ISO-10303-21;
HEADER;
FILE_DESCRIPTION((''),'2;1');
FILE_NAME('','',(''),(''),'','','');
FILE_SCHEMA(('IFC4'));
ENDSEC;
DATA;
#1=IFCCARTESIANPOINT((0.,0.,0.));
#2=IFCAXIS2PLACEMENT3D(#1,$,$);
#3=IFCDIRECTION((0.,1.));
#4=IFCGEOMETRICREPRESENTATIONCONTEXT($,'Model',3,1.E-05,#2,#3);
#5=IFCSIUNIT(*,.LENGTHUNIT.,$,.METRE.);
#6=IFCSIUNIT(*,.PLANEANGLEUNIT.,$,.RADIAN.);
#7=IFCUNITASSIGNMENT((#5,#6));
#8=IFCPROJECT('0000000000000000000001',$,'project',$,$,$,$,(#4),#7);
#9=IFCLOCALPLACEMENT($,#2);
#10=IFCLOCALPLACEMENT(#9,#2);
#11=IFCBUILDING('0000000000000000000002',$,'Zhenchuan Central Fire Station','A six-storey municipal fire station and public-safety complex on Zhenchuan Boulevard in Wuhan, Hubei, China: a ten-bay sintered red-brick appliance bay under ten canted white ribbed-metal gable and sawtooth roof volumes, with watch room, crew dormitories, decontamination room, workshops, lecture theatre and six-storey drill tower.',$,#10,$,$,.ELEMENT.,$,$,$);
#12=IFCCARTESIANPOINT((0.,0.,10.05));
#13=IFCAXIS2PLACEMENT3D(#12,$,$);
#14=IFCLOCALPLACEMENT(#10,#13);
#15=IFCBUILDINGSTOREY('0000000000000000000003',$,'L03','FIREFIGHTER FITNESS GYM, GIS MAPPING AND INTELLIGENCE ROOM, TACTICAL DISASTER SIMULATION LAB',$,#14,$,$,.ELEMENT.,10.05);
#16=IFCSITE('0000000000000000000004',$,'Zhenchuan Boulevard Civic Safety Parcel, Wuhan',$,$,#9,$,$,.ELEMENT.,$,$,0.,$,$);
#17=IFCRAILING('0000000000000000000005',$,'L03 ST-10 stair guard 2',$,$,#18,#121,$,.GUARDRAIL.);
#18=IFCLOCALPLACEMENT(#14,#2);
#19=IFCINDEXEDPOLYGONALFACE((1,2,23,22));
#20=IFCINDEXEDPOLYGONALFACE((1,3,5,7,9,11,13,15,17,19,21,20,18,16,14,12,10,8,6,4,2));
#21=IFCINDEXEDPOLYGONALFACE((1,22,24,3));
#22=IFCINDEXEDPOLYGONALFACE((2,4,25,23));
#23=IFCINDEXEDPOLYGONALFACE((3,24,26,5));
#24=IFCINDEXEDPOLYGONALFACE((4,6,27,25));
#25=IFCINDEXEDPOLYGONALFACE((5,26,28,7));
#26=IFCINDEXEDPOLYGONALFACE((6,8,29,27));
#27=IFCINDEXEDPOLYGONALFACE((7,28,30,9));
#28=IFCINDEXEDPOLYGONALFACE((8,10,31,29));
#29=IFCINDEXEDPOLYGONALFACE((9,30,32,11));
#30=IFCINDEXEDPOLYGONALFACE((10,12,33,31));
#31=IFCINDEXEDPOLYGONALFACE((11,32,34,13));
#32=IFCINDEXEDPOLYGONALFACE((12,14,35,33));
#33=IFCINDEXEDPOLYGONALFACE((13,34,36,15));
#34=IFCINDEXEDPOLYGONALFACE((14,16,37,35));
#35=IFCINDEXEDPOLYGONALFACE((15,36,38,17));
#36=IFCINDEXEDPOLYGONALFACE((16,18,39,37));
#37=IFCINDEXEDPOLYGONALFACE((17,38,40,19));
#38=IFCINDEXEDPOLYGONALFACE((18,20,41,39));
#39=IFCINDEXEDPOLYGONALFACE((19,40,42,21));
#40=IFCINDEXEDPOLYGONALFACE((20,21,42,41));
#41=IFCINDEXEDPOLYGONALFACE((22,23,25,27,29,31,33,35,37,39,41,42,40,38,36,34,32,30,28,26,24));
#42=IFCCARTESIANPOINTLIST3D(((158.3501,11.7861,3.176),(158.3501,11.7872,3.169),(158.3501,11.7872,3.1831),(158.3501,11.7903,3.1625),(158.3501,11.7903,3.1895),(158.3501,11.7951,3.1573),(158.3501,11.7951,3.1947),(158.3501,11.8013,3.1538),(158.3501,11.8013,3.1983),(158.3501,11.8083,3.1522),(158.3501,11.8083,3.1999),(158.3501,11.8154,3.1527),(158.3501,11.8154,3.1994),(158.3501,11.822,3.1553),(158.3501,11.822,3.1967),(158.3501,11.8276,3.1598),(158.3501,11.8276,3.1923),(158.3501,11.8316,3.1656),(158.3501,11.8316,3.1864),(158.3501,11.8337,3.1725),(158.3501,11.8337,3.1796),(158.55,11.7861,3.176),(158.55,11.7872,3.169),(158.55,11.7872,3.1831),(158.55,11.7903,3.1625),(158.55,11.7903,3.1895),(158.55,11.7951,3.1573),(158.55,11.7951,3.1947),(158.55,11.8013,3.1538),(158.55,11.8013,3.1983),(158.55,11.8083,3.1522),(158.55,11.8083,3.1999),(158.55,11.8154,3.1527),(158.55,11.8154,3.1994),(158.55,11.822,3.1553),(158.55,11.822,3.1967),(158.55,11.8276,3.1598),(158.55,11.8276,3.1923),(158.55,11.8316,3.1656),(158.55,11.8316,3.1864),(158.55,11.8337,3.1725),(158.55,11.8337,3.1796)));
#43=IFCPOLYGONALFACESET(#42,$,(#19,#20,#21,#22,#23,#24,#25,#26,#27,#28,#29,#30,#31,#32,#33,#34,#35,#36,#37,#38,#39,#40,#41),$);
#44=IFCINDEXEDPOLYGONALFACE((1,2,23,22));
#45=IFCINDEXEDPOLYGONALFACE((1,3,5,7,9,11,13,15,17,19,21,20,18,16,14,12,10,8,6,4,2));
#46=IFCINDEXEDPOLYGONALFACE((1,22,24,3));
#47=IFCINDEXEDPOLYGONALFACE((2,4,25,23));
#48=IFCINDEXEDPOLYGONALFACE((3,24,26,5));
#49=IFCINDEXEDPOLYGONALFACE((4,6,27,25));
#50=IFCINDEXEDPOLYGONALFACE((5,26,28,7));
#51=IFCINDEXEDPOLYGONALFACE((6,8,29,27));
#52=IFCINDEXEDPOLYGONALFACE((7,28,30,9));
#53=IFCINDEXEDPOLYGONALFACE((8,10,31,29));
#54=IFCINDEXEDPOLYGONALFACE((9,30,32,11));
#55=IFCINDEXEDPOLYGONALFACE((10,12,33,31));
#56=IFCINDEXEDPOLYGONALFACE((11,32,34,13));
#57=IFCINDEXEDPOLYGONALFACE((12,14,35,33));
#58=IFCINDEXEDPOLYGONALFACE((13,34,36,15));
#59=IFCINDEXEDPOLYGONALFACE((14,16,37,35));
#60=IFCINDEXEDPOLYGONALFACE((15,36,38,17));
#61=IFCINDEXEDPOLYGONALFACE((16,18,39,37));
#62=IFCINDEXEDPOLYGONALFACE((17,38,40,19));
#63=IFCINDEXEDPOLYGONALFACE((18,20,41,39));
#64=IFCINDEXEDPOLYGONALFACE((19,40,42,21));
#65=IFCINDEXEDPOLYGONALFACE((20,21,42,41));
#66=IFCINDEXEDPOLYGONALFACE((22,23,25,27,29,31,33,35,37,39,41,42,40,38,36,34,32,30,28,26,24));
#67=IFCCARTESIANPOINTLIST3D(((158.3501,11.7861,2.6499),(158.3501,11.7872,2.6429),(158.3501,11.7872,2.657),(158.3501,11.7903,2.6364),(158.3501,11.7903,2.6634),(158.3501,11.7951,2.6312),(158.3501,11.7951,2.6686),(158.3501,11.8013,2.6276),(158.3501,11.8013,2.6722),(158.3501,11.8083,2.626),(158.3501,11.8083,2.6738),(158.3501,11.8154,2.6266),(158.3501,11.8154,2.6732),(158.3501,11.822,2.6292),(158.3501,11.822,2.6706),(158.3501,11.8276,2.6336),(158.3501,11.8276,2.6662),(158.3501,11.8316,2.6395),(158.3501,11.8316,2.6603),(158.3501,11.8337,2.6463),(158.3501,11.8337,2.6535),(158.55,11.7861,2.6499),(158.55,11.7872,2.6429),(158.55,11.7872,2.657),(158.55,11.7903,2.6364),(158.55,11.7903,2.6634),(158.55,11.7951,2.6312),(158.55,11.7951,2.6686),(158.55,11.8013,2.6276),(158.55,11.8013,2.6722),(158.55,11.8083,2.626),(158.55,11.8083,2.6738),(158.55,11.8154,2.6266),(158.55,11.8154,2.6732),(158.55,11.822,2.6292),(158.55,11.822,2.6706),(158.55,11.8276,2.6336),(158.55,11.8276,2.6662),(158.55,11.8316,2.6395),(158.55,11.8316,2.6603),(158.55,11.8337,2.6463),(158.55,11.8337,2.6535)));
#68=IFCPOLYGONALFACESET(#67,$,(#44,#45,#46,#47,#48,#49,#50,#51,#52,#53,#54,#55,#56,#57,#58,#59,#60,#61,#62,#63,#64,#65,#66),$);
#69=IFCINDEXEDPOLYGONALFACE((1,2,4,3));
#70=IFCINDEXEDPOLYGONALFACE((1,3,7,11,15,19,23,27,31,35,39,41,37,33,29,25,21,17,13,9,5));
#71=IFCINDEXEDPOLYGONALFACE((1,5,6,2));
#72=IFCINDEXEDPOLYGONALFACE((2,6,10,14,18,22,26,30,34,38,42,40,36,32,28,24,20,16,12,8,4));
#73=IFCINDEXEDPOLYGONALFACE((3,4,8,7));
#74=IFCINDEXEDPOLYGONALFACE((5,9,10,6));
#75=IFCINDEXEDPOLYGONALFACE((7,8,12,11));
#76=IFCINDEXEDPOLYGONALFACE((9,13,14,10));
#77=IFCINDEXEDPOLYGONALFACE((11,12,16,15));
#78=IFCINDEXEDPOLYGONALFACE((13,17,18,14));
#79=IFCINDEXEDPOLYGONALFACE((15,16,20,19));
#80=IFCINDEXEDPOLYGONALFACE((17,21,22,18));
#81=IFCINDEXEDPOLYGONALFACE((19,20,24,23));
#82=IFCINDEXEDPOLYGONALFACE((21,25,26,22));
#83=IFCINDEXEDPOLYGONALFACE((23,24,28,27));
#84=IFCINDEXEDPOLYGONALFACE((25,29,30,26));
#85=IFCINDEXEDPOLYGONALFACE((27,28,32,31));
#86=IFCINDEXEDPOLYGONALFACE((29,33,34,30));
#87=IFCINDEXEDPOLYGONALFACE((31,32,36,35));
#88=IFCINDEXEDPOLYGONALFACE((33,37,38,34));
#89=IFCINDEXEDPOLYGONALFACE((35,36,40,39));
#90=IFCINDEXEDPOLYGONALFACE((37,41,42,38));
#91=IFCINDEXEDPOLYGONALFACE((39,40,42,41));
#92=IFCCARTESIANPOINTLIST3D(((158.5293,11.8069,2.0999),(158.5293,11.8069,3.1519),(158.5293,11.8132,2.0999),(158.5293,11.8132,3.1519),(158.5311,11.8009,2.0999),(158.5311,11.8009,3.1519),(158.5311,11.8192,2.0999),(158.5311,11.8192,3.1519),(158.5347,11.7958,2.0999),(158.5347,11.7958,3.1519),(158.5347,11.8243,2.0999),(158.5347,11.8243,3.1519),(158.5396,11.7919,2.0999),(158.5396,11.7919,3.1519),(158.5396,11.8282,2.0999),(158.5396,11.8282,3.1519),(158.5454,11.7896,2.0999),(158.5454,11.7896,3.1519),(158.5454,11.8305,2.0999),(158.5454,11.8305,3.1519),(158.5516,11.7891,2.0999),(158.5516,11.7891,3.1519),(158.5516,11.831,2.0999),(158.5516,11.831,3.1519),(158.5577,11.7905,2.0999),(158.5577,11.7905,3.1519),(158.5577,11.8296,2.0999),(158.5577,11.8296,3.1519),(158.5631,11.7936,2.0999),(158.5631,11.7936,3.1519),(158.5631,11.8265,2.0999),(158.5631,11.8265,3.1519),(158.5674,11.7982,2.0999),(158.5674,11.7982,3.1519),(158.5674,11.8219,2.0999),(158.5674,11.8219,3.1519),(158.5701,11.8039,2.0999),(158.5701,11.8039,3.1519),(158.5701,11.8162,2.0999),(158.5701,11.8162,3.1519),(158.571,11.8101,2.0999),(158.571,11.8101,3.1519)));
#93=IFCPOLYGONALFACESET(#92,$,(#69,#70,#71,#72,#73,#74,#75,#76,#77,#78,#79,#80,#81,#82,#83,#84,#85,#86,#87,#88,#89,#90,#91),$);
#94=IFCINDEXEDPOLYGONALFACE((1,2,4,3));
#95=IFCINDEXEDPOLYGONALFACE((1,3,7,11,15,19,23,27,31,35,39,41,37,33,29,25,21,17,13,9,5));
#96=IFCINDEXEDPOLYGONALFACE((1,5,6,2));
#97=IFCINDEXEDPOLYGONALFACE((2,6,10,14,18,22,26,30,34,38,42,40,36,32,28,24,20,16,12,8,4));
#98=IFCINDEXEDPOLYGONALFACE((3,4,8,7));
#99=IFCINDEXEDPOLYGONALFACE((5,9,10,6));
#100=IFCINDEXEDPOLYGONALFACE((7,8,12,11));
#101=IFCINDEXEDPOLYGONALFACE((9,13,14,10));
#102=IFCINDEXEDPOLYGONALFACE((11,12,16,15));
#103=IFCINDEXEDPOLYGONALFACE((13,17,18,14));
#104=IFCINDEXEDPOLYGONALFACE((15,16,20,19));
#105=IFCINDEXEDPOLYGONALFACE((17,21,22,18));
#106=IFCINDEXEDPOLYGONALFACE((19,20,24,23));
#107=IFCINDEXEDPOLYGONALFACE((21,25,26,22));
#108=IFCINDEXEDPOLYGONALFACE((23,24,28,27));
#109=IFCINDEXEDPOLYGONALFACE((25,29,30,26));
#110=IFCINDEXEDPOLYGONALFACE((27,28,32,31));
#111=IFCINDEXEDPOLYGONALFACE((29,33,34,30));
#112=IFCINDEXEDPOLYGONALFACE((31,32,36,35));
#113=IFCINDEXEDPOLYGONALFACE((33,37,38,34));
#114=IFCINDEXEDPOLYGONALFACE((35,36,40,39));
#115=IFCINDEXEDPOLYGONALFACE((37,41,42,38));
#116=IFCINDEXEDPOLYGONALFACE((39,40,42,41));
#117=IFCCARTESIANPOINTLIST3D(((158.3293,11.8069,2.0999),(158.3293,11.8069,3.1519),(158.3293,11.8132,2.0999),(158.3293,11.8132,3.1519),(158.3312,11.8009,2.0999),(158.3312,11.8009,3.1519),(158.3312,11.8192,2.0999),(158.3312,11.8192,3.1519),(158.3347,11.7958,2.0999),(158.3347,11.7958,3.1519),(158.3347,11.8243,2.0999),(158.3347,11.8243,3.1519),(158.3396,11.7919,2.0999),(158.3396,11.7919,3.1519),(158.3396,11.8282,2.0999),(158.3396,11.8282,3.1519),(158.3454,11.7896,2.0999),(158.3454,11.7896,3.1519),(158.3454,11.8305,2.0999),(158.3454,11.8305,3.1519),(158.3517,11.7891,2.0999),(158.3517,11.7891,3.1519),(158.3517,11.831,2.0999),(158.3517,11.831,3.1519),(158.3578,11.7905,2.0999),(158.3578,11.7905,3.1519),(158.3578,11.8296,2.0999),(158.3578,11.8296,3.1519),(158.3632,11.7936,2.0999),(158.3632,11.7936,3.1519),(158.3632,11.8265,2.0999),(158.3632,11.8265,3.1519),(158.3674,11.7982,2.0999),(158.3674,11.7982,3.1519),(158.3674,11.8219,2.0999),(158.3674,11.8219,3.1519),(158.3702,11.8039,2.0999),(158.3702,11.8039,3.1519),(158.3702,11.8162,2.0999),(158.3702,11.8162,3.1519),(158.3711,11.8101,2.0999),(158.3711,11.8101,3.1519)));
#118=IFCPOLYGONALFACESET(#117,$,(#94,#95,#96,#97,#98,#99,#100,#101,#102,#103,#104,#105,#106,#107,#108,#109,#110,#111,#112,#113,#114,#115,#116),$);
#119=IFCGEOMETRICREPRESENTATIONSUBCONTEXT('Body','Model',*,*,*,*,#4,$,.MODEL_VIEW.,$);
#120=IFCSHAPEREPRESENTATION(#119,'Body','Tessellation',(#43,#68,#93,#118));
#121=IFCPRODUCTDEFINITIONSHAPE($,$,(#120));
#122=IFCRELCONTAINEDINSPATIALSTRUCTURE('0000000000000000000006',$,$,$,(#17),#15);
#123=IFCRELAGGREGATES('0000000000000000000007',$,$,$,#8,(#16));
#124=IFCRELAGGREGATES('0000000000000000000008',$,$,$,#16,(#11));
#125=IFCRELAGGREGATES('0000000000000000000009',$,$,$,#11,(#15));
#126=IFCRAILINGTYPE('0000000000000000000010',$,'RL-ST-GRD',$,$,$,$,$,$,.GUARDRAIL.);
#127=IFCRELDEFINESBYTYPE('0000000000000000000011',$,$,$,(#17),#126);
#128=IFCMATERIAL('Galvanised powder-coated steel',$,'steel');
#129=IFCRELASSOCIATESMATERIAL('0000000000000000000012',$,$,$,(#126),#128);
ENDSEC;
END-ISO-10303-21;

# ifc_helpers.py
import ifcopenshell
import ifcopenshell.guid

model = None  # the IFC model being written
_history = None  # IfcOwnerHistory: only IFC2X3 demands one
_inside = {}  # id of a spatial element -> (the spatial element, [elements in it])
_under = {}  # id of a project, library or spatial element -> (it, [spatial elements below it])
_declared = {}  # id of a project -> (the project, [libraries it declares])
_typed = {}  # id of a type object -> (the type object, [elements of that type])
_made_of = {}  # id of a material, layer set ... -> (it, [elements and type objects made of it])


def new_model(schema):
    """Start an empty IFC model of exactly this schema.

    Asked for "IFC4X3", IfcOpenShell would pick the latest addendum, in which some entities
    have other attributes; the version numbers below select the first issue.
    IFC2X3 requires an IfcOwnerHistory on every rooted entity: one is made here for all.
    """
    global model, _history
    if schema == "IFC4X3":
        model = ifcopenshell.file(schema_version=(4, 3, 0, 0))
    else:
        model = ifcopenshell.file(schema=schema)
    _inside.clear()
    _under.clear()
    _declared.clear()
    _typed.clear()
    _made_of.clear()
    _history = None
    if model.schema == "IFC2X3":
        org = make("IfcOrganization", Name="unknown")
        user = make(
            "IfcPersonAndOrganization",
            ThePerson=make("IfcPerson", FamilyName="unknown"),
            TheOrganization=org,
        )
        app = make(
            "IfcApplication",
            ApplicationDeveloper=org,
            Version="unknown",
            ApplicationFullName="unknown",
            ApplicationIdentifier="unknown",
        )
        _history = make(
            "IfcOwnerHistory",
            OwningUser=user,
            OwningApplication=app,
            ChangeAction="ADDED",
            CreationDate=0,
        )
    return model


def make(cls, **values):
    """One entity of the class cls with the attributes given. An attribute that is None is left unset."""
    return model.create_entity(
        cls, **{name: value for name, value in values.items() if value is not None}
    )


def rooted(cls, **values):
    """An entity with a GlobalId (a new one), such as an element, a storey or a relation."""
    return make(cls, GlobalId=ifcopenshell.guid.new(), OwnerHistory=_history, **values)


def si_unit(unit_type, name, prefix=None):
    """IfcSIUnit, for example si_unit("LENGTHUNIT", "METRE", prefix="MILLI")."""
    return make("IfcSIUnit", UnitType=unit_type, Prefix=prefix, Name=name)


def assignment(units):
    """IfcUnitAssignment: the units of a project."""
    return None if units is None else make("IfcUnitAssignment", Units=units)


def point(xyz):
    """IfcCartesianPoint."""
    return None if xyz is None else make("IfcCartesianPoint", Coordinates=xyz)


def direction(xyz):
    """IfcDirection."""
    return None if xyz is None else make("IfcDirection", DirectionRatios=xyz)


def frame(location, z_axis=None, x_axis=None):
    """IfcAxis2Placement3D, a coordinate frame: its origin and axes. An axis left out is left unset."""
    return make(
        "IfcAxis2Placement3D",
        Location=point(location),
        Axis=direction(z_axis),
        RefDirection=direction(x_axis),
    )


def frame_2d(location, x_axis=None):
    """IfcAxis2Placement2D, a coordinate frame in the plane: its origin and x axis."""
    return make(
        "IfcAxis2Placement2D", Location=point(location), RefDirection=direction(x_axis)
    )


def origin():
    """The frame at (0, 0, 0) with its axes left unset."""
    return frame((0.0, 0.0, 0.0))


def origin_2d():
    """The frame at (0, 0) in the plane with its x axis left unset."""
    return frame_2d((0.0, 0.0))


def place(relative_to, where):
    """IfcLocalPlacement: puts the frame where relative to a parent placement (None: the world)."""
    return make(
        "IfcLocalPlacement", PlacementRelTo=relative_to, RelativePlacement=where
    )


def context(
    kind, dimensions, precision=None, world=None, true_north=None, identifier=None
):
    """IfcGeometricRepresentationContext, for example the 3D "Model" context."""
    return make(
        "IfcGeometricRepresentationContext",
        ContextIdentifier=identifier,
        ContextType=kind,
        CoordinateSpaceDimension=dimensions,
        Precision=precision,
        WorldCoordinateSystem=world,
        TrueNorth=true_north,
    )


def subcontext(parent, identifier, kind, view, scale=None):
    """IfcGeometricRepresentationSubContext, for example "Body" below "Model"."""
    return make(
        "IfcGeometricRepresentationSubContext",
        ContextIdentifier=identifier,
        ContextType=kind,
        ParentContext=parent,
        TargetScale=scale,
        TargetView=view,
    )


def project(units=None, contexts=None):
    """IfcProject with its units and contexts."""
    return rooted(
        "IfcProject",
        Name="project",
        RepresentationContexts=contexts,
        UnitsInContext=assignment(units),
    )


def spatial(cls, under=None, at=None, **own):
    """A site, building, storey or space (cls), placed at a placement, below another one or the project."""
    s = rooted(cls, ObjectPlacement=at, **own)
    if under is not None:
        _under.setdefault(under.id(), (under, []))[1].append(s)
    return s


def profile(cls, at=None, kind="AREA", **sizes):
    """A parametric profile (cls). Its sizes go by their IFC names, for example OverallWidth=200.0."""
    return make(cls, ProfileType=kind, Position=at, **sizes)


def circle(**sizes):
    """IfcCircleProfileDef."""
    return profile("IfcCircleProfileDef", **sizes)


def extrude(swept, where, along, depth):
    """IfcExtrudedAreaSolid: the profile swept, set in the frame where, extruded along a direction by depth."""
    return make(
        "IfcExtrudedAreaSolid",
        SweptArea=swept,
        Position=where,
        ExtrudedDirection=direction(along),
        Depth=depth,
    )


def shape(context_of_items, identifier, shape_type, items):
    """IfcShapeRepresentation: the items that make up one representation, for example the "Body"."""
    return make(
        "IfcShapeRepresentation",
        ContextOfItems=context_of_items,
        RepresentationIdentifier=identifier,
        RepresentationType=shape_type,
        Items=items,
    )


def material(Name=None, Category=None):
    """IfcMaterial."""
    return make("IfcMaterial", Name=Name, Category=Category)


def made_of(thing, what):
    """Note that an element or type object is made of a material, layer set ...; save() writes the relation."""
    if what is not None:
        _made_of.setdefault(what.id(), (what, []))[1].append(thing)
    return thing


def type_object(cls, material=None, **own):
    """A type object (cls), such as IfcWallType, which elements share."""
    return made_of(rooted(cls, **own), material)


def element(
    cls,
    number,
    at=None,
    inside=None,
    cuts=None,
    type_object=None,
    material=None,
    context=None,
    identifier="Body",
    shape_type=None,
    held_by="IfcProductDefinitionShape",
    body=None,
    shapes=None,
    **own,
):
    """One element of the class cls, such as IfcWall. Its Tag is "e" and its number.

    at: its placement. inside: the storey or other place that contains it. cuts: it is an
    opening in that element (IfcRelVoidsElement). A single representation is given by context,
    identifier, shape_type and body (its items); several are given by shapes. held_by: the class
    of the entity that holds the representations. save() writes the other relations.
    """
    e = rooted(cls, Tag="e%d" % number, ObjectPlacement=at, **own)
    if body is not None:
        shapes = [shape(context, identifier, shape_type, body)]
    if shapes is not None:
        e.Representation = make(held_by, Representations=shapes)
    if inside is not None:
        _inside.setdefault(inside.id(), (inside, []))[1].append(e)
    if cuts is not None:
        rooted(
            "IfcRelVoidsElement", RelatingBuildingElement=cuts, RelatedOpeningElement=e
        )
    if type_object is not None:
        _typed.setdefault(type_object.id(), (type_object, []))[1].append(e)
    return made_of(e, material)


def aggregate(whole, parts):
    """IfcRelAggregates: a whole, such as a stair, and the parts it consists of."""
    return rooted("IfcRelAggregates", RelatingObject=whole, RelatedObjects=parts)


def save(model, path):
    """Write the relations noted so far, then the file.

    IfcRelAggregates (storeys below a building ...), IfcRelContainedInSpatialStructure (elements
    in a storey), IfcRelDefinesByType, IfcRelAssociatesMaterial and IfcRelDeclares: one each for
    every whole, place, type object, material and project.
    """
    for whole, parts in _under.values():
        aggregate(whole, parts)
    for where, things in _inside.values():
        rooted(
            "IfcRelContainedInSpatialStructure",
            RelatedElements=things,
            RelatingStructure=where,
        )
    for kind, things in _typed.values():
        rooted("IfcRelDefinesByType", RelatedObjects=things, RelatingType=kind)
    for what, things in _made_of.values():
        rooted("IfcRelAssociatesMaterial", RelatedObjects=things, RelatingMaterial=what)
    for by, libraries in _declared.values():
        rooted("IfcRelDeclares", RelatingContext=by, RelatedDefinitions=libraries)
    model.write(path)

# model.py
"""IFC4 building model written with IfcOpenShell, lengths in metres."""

from ifc_helpers import new_model, si_unit, direction, frame, origin, origin_2d, place, context, subcontext, project, spatial, circle, extrude, material, type_object, element, save


model = new_model("IFC4")

# Units and contexts
model_context = context("Model", 3, precision=1e-05, world=origin(), true_north=direction((0.0, 1.0)))
body_context = subcontext(model_context, "Body", "Model", "MODEL_VIEW")
ifc_project = project(units=[si_unit("LENGTHUNIT", "METRE"), si_unit("PLANEANGLEUNIT", "RADIAN")], contexts=[model_context])

# Site, building, storey
site_placement = place(None, origin())
site = spatial("IfcSite", under=ifc_project, at=site_placement, Name="Zhenchuan Boulevard Civic Safety Parcel, Wuhan", CompositionType="ELEMENT", RefElevation=0.0)
building_placement = place(site_placement, origin())
building = spatial("IfcBuilding", under=site, at=building_placement, Name="Zhenchuan Central Fire Station", Description="A six-storey municipal fire station and public-safety complex on Zhenchuan Boulevard in Wuhan, Hubei, China: a ten-bay sintered red-brick appliance bay under ten canted white ribbed-metal gable and sawtooth roof volumes, with watch room, crew dormitories, decontamination room, workshops, lecture theatre and six-storey drill tower.", CompositionType="ELEMENT")
storey_placement = place(building_placement, frame((0.0, 0.0, 10.05)))
storey = spatial("IfcBuildingStorey", under=building, at=storey_placement, Name="L03", Description="FIREFIGHTER FITNESS GYM, GIS MAPPING AND INTELLIGENCE ROOM, TACTICAL DISASTER SIMULATION LAB", CompositionType="ELEMENT", Elevation=10.05)

# Railing
ifc_material_1 = material(Name="Galvanised powder-coated steel", Category="steel")
railing_type_1 = type_object("IfcRailingType", Name="RL-ST-GRD", PredefinedType="GUARDRAIL", material=ifc_material_1)
railing_1_placement = place(storey_placement, frame((158.55, 11.8101, 2.0999)))
element("IfcRailing", 1, at=railing_1_placement, inside=storey, type_object=railing_type_1, Name="L03 ST-10 stair guard 2", PredefinedType="GUARDRAIL", context=body_context, shape_type="SweptSolid", body=[
    extrude(circle(Radius=0.0239, at=origin_2d()), frame((0.0, 0.0, 1.0762), z_axis=(-1.0, 0.0, 0.0), x_axis=(0.0, -1.0, 0.0)), (0.0, 0.0, 1.0), 0.2),
    extrude(circle(Radius=0.0239, at=origin_2d()), frame((0.0, 0.0, 0.55), z_axis=(-1.0, 0.0, 0.0), x_axis=(0.0, -1.0, 0.0)), (0.0, 0.0, 1.0), 0.2),
    extrude(circle(Radius=0.021, at=origin_2d()), origin(), (0.0, 0.0, 1.0), 1.052),
    extrude(circle(Radius=0.021, at=origin_2d()), frame((-0.2, 0.0, 0.0)), (0.0, 0.0, 1.0), 1.052),
])

save(model, "model.ifc")
